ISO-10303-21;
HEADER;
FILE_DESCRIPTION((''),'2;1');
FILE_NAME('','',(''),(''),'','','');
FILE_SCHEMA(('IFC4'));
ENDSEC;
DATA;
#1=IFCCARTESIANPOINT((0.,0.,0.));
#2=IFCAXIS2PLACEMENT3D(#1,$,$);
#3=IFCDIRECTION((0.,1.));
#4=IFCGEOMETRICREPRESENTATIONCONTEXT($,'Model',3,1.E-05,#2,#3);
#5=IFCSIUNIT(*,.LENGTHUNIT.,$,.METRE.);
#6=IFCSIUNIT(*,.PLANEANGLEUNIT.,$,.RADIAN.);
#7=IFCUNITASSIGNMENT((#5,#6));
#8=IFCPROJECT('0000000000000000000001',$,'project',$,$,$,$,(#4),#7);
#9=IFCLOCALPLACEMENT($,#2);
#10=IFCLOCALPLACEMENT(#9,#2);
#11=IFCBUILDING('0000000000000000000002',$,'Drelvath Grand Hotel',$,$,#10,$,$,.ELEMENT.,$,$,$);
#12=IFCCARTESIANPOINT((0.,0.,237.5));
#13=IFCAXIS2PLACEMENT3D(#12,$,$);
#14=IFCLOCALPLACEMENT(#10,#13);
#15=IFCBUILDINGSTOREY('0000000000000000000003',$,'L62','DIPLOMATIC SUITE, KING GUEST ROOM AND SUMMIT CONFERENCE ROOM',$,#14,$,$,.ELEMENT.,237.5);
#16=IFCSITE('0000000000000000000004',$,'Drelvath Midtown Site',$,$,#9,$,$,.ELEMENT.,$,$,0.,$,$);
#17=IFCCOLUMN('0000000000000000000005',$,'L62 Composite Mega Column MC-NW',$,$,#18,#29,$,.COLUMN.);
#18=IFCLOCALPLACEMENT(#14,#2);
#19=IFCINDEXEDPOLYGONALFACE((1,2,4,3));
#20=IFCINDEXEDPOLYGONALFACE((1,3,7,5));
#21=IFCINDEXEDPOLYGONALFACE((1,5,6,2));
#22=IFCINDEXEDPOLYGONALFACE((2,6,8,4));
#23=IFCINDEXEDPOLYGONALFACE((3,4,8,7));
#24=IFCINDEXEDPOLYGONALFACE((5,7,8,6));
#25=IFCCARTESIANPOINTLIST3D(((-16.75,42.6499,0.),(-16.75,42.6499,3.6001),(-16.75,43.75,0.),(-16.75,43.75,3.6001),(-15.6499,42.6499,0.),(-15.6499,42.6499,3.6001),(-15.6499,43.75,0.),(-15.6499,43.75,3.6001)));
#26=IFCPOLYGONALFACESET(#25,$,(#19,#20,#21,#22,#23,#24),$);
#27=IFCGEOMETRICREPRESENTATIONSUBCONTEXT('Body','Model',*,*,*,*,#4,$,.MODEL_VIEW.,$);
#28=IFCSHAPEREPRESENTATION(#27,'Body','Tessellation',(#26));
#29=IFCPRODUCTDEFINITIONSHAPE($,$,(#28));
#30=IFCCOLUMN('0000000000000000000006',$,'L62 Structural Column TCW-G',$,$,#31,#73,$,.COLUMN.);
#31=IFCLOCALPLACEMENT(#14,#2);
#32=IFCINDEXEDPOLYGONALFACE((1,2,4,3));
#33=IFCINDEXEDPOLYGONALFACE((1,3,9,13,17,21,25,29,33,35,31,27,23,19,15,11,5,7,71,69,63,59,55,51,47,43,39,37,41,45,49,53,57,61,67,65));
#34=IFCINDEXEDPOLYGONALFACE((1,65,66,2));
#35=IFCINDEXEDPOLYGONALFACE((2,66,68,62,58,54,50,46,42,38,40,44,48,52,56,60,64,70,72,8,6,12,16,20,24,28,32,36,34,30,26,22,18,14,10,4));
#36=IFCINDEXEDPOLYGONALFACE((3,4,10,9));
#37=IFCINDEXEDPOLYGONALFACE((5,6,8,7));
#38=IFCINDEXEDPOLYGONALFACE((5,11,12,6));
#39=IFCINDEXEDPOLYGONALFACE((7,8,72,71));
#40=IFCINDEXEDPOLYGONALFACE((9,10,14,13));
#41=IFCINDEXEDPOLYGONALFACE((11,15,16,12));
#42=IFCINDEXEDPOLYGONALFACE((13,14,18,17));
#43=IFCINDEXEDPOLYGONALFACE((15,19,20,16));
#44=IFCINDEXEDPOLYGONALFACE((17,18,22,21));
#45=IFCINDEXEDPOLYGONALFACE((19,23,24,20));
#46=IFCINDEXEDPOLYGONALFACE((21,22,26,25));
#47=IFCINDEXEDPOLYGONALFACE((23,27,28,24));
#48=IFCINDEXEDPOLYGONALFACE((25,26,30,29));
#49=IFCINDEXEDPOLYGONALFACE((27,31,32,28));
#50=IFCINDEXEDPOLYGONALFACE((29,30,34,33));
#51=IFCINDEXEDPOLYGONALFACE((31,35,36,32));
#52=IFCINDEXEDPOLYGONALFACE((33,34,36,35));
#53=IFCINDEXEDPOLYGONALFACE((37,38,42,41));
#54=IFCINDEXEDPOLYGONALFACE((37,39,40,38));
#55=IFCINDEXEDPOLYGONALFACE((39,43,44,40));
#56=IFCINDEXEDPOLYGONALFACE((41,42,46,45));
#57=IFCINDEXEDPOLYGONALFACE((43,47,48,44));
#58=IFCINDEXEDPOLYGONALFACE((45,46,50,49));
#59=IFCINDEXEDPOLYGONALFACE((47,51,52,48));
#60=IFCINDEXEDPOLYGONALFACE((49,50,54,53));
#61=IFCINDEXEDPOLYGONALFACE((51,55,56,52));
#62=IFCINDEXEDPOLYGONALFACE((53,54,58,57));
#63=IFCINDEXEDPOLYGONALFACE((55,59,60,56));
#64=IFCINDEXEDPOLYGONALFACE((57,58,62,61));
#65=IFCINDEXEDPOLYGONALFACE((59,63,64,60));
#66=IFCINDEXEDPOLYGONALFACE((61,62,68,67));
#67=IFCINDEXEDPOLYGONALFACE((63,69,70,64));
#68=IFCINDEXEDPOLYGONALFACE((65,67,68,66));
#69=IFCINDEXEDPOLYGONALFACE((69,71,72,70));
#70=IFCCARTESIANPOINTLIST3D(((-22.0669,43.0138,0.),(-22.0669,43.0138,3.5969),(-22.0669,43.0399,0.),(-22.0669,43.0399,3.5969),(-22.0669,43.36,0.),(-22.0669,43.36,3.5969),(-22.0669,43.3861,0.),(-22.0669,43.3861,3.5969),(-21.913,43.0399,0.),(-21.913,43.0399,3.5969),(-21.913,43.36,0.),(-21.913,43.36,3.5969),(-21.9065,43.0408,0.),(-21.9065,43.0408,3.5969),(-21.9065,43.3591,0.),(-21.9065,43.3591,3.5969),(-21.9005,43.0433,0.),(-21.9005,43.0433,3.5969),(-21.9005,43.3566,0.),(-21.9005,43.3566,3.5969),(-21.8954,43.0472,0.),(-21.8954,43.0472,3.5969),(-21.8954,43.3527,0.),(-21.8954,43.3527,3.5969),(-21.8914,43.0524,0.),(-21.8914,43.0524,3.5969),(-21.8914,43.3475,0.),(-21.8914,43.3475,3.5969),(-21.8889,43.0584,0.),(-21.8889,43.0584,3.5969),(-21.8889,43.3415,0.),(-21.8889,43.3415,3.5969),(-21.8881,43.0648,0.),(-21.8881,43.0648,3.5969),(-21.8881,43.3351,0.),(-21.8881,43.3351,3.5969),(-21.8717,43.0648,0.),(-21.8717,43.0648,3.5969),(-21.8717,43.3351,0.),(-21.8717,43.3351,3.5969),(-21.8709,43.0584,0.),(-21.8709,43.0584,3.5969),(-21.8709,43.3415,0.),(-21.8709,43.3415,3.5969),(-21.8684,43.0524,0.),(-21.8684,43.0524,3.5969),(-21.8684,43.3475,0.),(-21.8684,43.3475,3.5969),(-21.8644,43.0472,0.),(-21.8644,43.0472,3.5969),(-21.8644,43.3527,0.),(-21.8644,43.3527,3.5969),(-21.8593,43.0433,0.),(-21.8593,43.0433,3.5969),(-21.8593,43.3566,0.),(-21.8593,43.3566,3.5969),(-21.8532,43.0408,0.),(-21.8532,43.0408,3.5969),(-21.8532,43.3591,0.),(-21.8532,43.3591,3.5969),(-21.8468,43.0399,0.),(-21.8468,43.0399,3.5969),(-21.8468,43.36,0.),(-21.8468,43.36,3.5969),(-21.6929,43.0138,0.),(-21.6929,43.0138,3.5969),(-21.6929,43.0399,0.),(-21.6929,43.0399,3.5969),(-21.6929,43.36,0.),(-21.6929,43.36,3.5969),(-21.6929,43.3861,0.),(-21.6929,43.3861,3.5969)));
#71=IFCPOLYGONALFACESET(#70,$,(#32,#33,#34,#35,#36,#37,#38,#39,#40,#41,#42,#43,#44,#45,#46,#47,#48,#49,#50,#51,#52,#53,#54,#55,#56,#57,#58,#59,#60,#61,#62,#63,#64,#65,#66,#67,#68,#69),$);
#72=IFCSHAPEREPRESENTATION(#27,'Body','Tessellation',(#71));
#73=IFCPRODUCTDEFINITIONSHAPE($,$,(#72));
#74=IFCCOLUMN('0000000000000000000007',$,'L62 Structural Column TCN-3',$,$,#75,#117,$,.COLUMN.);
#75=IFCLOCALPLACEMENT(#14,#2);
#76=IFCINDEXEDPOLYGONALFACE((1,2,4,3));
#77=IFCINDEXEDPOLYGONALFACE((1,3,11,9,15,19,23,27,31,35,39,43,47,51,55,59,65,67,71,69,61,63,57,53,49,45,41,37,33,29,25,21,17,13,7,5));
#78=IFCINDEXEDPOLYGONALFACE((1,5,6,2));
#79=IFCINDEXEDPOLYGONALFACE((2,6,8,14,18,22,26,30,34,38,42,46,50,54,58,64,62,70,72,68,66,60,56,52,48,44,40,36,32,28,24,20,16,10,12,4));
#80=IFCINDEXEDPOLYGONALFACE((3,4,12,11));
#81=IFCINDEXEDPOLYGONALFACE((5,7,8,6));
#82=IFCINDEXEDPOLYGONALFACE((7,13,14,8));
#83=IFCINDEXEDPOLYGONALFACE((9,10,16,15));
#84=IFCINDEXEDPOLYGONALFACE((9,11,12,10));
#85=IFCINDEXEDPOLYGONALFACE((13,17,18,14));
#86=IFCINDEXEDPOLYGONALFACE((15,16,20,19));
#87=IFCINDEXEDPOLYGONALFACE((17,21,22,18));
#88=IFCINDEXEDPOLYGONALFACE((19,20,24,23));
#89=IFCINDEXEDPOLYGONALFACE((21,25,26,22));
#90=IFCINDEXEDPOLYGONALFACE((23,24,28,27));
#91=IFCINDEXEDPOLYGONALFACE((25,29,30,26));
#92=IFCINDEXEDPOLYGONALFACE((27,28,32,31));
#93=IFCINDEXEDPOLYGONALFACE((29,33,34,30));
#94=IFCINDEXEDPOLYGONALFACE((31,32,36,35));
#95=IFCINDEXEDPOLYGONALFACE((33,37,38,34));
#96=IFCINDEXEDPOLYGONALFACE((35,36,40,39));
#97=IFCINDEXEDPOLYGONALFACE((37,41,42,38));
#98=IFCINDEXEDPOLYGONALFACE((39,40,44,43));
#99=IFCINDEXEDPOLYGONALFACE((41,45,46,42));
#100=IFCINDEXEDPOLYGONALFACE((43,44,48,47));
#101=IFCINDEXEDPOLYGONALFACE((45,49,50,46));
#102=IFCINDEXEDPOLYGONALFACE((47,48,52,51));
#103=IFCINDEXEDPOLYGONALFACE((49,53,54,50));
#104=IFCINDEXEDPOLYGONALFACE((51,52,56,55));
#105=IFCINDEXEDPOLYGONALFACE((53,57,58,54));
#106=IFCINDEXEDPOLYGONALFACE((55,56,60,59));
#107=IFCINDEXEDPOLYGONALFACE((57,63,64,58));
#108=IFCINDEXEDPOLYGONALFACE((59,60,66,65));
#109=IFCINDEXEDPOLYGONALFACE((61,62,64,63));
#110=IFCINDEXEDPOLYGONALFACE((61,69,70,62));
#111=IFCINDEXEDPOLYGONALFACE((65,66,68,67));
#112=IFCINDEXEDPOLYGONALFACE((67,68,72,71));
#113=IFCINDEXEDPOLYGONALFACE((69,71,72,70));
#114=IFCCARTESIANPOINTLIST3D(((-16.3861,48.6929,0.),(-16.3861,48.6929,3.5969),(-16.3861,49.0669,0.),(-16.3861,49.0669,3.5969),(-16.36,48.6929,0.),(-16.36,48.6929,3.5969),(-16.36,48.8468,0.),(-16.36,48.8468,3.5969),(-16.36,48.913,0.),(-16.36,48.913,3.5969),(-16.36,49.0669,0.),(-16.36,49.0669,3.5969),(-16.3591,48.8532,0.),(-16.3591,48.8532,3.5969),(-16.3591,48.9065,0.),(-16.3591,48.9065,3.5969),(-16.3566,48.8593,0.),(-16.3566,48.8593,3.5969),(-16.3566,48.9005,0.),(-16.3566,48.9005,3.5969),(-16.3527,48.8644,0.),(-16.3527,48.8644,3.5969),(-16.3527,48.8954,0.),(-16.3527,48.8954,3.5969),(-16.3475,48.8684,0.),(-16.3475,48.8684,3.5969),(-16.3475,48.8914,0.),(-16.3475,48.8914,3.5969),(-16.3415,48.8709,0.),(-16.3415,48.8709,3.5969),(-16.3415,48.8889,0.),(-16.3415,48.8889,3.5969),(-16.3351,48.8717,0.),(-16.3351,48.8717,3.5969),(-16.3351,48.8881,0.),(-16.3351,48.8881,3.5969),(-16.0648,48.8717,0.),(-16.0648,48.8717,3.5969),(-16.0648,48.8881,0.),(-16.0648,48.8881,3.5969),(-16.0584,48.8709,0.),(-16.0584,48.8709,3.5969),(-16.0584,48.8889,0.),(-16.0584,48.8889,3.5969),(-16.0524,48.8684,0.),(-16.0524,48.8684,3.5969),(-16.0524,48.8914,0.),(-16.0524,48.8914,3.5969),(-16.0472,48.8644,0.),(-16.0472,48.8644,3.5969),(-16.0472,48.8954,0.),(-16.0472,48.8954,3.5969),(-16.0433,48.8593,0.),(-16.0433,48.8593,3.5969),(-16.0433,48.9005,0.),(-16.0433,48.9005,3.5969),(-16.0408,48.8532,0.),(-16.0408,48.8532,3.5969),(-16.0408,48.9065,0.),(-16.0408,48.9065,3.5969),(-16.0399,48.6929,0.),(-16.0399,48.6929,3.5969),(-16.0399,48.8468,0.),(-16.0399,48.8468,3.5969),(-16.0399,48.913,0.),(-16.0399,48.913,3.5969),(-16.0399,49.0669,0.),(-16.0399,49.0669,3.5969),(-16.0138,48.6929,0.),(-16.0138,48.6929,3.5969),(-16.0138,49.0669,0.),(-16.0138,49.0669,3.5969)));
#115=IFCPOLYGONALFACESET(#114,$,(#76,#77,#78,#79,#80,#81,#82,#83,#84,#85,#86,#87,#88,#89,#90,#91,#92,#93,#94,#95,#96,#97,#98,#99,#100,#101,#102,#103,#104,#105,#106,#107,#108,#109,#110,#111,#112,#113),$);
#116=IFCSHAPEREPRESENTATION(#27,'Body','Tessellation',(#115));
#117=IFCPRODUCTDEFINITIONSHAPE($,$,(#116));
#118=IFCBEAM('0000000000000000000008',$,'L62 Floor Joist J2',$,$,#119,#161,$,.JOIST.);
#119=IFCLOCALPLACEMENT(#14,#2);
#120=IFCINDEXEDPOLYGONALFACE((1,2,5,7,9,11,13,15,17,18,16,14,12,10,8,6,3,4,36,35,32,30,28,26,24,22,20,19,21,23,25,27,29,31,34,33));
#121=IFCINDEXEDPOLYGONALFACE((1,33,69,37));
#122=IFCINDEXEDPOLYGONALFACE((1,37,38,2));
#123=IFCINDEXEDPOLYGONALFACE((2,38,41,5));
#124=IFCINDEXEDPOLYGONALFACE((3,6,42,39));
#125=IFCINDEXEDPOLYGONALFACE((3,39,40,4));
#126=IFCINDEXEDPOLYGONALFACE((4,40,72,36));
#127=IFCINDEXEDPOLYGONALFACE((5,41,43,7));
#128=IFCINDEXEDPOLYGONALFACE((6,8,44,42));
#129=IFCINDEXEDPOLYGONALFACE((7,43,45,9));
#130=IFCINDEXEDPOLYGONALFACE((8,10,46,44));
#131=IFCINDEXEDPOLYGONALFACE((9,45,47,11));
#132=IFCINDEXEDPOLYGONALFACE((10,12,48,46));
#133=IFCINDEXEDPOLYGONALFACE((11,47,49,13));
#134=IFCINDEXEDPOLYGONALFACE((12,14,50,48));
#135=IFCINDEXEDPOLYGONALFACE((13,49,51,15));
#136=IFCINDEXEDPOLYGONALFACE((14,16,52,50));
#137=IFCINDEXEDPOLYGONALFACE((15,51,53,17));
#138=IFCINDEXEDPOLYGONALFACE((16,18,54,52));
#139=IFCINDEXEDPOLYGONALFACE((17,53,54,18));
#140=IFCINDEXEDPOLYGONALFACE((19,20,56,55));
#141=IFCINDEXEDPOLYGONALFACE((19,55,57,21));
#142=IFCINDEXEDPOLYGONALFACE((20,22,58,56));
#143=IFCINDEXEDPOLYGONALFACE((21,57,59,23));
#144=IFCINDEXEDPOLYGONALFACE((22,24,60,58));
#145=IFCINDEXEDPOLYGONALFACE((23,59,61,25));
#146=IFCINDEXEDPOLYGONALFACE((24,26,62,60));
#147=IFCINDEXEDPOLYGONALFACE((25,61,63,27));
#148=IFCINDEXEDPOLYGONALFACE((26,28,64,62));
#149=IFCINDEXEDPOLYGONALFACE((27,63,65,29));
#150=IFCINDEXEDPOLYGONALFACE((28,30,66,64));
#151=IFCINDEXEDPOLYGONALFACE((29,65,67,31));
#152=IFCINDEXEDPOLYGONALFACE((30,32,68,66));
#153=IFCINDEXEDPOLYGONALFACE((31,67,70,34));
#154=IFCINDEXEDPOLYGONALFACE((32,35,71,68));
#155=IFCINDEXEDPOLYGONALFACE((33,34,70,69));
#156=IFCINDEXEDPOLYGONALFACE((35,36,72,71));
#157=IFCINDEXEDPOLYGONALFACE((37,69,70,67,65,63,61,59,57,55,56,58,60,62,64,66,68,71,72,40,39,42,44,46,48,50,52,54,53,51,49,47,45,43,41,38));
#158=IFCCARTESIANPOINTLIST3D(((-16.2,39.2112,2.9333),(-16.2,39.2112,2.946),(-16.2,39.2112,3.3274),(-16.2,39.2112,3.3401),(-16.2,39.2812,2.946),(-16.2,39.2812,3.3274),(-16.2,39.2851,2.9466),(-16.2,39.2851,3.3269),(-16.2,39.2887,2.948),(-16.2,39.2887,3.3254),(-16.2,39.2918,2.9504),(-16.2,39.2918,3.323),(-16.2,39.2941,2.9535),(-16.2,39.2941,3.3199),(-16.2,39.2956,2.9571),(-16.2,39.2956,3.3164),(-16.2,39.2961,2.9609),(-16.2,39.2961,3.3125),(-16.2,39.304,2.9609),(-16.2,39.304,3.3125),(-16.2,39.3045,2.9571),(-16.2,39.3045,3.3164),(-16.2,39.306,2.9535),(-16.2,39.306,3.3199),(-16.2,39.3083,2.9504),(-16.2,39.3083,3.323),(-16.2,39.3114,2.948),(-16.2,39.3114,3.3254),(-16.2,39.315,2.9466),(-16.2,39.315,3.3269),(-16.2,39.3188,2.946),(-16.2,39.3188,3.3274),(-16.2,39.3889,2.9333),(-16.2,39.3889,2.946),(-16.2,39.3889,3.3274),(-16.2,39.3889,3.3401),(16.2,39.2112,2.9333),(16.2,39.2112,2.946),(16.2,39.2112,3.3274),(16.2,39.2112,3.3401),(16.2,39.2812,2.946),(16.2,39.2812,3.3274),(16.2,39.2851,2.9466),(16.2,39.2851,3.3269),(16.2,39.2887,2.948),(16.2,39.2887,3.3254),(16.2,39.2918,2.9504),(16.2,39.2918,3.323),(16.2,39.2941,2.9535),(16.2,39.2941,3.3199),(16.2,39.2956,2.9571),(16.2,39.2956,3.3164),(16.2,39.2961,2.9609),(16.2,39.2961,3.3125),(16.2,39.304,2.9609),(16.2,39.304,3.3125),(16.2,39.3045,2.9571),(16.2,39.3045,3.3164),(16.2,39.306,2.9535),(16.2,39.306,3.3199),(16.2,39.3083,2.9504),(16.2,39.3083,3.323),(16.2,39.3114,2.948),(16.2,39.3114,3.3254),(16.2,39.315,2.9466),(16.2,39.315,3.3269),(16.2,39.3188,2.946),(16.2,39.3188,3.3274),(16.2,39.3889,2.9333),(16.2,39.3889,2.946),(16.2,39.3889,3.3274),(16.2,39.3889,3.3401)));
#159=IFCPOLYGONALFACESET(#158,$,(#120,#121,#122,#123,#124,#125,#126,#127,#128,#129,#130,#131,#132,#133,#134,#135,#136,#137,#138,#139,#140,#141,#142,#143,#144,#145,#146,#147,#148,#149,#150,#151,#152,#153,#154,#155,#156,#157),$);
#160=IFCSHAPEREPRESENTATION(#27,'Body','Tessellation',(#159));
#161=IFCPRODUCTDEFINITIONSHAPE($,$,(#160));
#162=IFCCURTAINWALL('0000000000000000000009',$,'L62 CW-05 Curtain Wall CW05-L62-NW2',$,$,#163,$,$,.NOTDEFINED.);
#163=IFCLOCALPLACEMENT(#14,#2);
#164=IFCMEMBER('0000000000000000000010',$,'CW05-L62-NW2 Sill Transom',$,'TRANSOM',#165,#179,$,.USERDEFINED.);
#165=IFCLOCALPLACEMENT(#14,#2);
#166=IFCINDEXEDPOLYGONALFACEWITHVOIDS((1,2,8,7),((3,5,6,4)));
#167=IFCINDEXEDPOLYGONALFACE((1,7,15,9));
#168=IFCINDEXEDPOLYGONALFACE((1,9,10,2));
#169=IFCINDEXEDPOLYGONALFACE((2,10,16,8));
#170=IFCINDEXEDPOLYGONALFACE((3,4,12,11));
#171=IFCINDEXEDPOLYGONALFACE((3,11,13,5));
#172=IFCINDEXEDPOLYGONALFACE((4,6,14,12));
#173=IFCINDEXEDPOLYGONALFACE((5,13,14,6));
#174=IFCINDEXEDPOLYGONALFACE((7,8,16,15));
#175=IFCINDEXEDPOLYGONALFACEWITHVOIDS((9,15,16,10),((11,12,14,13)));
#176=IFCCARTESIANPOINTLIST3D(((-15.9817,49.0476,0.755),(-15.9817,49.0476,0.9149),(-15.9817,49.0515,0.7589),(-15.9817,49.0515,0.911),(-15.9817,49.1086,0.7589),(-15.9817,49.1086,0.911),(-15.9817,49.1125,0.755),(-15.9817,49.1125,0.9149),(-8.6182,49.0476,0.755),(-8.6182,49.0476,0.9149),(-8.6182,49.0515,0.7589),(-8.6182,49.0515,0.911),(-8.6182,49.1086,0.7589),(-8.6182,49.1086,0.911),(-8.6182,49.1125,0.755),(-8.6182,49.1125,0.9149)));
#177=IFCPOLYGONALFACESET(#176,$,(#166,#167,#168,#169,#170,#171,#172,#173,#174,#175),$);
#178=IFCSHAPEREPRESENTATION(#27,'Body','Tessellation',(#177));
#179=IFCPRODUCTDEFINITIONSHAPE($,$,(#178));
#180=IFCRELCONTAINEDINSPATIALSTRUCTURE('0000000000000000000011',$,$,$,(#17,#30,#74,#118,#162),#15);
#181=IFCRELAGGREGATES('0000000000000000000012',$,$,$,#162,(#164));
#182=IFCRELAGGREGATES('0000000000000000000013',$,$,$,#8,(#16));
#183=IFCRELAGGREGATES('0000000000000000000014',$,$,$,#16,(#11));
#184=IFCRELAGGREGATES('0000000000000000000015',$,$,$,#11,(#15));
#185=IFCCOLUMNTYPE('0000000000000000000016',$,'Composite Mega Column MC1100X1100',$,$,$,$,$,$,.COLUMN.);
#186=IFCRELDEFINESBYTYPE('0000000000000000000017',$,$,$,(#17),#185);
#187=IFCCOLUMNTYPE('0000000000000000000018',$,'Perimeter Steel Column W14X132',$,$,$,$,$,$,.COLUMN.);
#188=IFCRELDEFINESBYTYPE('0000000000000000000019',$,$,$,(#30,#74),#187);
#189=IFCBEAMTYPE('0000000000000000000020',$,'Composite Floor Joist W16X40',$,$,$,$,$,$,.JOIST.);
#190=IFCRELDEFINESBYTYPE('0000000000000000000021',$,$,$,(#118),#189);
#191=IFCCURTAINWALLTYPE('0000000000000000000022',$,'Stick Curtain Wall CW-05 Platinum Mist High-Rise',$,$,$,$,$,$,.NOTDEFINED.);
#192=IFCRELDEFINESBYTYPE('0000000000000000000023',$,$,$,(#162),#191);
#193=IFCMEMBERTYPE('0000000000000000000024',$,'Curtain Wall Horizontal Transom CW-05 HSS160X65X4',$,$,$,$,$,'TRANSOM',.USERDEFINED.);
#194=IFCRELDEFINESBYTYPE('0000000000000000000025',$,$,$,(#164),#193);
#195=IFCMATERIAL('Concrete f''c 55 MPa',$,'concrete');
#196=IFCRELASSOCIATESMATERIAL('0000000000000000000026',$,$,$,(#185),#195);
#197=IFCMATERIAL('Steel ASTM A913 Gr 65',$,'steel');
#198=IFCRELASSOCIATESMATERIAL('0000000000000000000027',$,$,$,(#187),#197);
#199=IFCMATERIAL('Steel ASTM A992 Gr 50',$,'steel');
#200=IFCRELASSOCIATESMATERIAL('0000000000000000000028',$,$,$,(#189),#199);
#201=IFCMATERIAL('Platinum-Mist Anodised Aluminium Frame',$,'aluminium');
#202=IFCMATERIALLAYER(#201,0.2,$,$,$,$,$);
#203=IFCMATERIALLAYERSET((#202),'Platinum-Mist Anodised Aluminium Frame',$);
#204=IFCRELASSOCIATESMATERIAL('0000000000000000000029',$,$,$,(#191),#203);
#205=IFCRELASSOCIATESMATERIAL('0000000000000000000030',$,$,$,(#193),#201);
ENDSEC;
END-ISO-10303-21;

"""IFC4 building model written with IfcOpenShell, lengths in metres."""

from ifc_helpers import new_model, si_unit, direction, frame, origin, origin_2d, place, context, subcontext, project, spatial, rectangle, hollow_rectangle, i_section, extrude, material, layer, layer_set, material_profile, profile_set, type_object, element, aggregate, save


model = new_model("IFC4")

# Units and contexts
model_context = context("Model", 3, precision=1e-05, world=origin(), true_north=direction((0.0, 1.0)))
body_context = subcontext(model_context, "Body", "Model", "MODEL_VIEW")
ifc_project = project(units=[si_unit("LENGTHUNIT", "METRE"), si_unit("PLANEANGLEUNIT", "RADIAN")], contexts=[model_context])

# Site, building, storey
site_placement = place(None, origin())
site = spatial("IfcSite", under=ifc_project, at=site_placement, Name="Drelvath Midtown Site", CompositionType="ELEMENT", RefElevation=0.0)
building_placement = place(site_placement, origin())
building = spatial("IfcBuilding", under=site, at=building_placement, Name="Drelvath Grand Hotel", CompositionType="ELEMENT")
storey_placement = place(building_placement, frame((0.0, 0.0, 237.5)))
storey = spatial("IfcBuildingStorey", under=building, at=storey_placement, Name="L62", Description="DIPLOMATIC SUITE, KING GUEST ROOM AND SUMMIT CONFERENCE ROOM", CompositionType="ELEMENT", Elevation=237.5)

# Columns
ifc_material_1 = material(Name="Concrete f'c 55 MPa", Category="concrete")
ifc_material_profile_1 = material_profile(ifc_material_1, rectangle(XDim=1.1001, YDim=1.1001, at=origin_2d()), Name="MC1100X1100")
ifc_profile_set_1 = profile_set([ifc_material_profile_1], Name="Concrete f'c 55 MPa")
column_type_1 = type_object("IfcColumnType", Name="Composite Mega Column MC1100X1100", PredefinedType="COLUMN", material=ifc_profile_set_1)
column_placement = place(storey_placement, frame((-16.2, 43.2, 0.0), z_axis=(0.0, 0.0, 1.0), x_axis=(1.0, 0.0, 0.0)))
element("IfcColumn", 1, at=column_placement, inside=storey, type_object=column_type_1, Name="L62 Composite Mega Column MC-NW", PredefinedType="COLUMN", context=body_context, shape_type="SweptSolid", body=[
    extrude(rectangle(XDim=1.1001, YDim=1.1001, at=origin_2d()), origin(), (0.0, 0.0, 1.0), 3.6001),
])
ifc_material_2 = material(Name="Steel ASTM A913 Gr 65", Category="steel")
ifc_material_profile_2 = material_profile(ifc_material_2, i_section(OverallWidth=0.374, OverallDepth=0.3723, WebThickness=0.0164, FlangeThickness=0.0261, FilletRadius=0.0249, at=origin_2d()), Name="W14X132")
ifc_profile_set_2 = profile_set([ifc_material_profile_2], Name="Steel ASTM A913 Gr 65")
column_type_2 = type_object("IfcColumnType", Name="Perimeter Steel Column W14X132", PredefinedType="COLUMN", material=ifc_profile_set_2)
for number, where, z_axis, x_axis, name in (
    (2, (-21.8799, 43.2, 0.0), (0.0, 0.0, 1.0), (1.0, 0.0, 0.0), "L62 Structural Column TCW-G"),
    (3, (-16.2, 48.8799, 0.0), (0.0, 0.0, 1.0), (0.0, 1.0, 0.0), "L62 Structural Column TCN-3"),
):
    element("IfcColumn", number, at=place(storey_placement, frame(where, z_axis=z_axis, x_axis=x_axis)), inside=storey, type_object=column_type_2, Name=name, PredefinedType="COLUMN", context=body_context, shape_type="SweptSolid", body=[
        extrude(i_section(OverallWidth=0.374, OverallDepth=0.3723, WebThickness=0.0164, FlangeThickness=0.0261, FilletRadius=0.0249, at=origin_2d()), origin(), (0.0, 0.0, 1.0), 3.5969),
    ])

# Beam
ifc_material_3 = material(Name="Steel ASTM A992 Gr 50", Category="steel")
ifc_material_profile_3 = material_profile(ifc_material_3, i_section(OverallWidth=0.1777, OverallDepth=0.4067, WebThickness=0.0078, FlangeThickness=0.0127, FilletRadius=0.0149, at=origin_2d()), Name="W16X40")
ifc_profile_set_3 = profile_set([ifc_material_profile_3], Name="Steel ASTM A992 Gr 50")
beam_type_1 = type_object("IfcBeamType", Name="Composite Floor Joist W16X40", PredefinedType="JOIST", material=ifc_profile_set_3)
beam_1_placement = place(storey_placement, frame((-16.2, 39.3, 3.1367), z_axis=(1.0, 0.0, 0.0), x_axis=(0.0, 1.0, 0.0)))
element("IfcBeam", 4, at=beam_1_placement, inside=storey, type_object=beam_type_1, Name="L62 Floor Joist J2", PredefinedType="JOIST", context=body_context, shape_type="SweptSolid", body=[
    extrude(i_section(OverallWidth=0.1777, OverallDepth=0.4067, WebThickness=0.0078, FlangeThickness=0.0127, FilletRadius=0.0149, at=origin_2d()), origin(), (0.0, 0.0, 1.0), 32.3999),
])

# Curtain wall, member
ifc_material_4 = material(Name="Platinum-Mist Anodised Aluminium Frame", Category="aluminium")
ifc_layer_1 = layer(ifc_material_4, 0.2)
ifc_layer_set_1 = layer_set([ifc_layer_1], Name="Platinum-Mist Anodised Aluminium Frame")
curtain_wall_type = type_object("IfcCurtainWallType", Name="Stick Curtain Wall CW-05 Platinum Mist High-Rise", PredefinedType="NOTDEFINED", material=ifc_layer_set_1)
curtain_wall_1_placement = place(storey_placement, origin())
curtain_wall_1 = element("IfcCurtainWall", 5, at=curtain_wall_1_placement, inside=storey, type_object=curtain_wall_type, Name="L62 CW-05 Curtain Wall CW05-L62-NW2", PredefinedType="NOTDEFINED")
ifc_material_profile_4 = material_profile(ifc_material_4, hollow_rectangle(XDim=0.0649, YDim=0.1599, WallThickness=0.0039, at=origin_2d()), Name="HSS160X65X4")
ifc_profile_set_4 = profile_set([ifc_material_profile_4], Name="Platinum-Mist Anodised Aluminium Frame")
member_type_1 = type_object("IfcMemberType", Name="Curtain Wall Horizontal Transom CW-05 HSS160X65X4", ElementType="TRANSOM", PredefinedType="USERDEFINED", material=ifc_profile_set_4)
member_1_placement = place(storey_placement, frame((-15.9817, 49.0801, 0.835), z_axis=(1.0, 0.0, 0.0), x_axis=(0.0, 1.0, 0.0)))
member_1 = element("IfcMember", 6, at=member_1_placement, type_object=member_type_1, Name="CW05-L62-NW2 Sill Transom", ObjectType="TRANSOM", PredefinedType="USERDEFINED", context=body_context, shape_type="SweptSolid", body=[
    extrude(hollow_rectangle(XDim=0.0649, YDim=0.1599, WallThickness=0.0039, at=origin_2d()), origin(), (0.0, 0.0, 1.0), 7.3635),
])

aggregate(curtain_wall_1, [member_1])

save(model, "model.ifc")
